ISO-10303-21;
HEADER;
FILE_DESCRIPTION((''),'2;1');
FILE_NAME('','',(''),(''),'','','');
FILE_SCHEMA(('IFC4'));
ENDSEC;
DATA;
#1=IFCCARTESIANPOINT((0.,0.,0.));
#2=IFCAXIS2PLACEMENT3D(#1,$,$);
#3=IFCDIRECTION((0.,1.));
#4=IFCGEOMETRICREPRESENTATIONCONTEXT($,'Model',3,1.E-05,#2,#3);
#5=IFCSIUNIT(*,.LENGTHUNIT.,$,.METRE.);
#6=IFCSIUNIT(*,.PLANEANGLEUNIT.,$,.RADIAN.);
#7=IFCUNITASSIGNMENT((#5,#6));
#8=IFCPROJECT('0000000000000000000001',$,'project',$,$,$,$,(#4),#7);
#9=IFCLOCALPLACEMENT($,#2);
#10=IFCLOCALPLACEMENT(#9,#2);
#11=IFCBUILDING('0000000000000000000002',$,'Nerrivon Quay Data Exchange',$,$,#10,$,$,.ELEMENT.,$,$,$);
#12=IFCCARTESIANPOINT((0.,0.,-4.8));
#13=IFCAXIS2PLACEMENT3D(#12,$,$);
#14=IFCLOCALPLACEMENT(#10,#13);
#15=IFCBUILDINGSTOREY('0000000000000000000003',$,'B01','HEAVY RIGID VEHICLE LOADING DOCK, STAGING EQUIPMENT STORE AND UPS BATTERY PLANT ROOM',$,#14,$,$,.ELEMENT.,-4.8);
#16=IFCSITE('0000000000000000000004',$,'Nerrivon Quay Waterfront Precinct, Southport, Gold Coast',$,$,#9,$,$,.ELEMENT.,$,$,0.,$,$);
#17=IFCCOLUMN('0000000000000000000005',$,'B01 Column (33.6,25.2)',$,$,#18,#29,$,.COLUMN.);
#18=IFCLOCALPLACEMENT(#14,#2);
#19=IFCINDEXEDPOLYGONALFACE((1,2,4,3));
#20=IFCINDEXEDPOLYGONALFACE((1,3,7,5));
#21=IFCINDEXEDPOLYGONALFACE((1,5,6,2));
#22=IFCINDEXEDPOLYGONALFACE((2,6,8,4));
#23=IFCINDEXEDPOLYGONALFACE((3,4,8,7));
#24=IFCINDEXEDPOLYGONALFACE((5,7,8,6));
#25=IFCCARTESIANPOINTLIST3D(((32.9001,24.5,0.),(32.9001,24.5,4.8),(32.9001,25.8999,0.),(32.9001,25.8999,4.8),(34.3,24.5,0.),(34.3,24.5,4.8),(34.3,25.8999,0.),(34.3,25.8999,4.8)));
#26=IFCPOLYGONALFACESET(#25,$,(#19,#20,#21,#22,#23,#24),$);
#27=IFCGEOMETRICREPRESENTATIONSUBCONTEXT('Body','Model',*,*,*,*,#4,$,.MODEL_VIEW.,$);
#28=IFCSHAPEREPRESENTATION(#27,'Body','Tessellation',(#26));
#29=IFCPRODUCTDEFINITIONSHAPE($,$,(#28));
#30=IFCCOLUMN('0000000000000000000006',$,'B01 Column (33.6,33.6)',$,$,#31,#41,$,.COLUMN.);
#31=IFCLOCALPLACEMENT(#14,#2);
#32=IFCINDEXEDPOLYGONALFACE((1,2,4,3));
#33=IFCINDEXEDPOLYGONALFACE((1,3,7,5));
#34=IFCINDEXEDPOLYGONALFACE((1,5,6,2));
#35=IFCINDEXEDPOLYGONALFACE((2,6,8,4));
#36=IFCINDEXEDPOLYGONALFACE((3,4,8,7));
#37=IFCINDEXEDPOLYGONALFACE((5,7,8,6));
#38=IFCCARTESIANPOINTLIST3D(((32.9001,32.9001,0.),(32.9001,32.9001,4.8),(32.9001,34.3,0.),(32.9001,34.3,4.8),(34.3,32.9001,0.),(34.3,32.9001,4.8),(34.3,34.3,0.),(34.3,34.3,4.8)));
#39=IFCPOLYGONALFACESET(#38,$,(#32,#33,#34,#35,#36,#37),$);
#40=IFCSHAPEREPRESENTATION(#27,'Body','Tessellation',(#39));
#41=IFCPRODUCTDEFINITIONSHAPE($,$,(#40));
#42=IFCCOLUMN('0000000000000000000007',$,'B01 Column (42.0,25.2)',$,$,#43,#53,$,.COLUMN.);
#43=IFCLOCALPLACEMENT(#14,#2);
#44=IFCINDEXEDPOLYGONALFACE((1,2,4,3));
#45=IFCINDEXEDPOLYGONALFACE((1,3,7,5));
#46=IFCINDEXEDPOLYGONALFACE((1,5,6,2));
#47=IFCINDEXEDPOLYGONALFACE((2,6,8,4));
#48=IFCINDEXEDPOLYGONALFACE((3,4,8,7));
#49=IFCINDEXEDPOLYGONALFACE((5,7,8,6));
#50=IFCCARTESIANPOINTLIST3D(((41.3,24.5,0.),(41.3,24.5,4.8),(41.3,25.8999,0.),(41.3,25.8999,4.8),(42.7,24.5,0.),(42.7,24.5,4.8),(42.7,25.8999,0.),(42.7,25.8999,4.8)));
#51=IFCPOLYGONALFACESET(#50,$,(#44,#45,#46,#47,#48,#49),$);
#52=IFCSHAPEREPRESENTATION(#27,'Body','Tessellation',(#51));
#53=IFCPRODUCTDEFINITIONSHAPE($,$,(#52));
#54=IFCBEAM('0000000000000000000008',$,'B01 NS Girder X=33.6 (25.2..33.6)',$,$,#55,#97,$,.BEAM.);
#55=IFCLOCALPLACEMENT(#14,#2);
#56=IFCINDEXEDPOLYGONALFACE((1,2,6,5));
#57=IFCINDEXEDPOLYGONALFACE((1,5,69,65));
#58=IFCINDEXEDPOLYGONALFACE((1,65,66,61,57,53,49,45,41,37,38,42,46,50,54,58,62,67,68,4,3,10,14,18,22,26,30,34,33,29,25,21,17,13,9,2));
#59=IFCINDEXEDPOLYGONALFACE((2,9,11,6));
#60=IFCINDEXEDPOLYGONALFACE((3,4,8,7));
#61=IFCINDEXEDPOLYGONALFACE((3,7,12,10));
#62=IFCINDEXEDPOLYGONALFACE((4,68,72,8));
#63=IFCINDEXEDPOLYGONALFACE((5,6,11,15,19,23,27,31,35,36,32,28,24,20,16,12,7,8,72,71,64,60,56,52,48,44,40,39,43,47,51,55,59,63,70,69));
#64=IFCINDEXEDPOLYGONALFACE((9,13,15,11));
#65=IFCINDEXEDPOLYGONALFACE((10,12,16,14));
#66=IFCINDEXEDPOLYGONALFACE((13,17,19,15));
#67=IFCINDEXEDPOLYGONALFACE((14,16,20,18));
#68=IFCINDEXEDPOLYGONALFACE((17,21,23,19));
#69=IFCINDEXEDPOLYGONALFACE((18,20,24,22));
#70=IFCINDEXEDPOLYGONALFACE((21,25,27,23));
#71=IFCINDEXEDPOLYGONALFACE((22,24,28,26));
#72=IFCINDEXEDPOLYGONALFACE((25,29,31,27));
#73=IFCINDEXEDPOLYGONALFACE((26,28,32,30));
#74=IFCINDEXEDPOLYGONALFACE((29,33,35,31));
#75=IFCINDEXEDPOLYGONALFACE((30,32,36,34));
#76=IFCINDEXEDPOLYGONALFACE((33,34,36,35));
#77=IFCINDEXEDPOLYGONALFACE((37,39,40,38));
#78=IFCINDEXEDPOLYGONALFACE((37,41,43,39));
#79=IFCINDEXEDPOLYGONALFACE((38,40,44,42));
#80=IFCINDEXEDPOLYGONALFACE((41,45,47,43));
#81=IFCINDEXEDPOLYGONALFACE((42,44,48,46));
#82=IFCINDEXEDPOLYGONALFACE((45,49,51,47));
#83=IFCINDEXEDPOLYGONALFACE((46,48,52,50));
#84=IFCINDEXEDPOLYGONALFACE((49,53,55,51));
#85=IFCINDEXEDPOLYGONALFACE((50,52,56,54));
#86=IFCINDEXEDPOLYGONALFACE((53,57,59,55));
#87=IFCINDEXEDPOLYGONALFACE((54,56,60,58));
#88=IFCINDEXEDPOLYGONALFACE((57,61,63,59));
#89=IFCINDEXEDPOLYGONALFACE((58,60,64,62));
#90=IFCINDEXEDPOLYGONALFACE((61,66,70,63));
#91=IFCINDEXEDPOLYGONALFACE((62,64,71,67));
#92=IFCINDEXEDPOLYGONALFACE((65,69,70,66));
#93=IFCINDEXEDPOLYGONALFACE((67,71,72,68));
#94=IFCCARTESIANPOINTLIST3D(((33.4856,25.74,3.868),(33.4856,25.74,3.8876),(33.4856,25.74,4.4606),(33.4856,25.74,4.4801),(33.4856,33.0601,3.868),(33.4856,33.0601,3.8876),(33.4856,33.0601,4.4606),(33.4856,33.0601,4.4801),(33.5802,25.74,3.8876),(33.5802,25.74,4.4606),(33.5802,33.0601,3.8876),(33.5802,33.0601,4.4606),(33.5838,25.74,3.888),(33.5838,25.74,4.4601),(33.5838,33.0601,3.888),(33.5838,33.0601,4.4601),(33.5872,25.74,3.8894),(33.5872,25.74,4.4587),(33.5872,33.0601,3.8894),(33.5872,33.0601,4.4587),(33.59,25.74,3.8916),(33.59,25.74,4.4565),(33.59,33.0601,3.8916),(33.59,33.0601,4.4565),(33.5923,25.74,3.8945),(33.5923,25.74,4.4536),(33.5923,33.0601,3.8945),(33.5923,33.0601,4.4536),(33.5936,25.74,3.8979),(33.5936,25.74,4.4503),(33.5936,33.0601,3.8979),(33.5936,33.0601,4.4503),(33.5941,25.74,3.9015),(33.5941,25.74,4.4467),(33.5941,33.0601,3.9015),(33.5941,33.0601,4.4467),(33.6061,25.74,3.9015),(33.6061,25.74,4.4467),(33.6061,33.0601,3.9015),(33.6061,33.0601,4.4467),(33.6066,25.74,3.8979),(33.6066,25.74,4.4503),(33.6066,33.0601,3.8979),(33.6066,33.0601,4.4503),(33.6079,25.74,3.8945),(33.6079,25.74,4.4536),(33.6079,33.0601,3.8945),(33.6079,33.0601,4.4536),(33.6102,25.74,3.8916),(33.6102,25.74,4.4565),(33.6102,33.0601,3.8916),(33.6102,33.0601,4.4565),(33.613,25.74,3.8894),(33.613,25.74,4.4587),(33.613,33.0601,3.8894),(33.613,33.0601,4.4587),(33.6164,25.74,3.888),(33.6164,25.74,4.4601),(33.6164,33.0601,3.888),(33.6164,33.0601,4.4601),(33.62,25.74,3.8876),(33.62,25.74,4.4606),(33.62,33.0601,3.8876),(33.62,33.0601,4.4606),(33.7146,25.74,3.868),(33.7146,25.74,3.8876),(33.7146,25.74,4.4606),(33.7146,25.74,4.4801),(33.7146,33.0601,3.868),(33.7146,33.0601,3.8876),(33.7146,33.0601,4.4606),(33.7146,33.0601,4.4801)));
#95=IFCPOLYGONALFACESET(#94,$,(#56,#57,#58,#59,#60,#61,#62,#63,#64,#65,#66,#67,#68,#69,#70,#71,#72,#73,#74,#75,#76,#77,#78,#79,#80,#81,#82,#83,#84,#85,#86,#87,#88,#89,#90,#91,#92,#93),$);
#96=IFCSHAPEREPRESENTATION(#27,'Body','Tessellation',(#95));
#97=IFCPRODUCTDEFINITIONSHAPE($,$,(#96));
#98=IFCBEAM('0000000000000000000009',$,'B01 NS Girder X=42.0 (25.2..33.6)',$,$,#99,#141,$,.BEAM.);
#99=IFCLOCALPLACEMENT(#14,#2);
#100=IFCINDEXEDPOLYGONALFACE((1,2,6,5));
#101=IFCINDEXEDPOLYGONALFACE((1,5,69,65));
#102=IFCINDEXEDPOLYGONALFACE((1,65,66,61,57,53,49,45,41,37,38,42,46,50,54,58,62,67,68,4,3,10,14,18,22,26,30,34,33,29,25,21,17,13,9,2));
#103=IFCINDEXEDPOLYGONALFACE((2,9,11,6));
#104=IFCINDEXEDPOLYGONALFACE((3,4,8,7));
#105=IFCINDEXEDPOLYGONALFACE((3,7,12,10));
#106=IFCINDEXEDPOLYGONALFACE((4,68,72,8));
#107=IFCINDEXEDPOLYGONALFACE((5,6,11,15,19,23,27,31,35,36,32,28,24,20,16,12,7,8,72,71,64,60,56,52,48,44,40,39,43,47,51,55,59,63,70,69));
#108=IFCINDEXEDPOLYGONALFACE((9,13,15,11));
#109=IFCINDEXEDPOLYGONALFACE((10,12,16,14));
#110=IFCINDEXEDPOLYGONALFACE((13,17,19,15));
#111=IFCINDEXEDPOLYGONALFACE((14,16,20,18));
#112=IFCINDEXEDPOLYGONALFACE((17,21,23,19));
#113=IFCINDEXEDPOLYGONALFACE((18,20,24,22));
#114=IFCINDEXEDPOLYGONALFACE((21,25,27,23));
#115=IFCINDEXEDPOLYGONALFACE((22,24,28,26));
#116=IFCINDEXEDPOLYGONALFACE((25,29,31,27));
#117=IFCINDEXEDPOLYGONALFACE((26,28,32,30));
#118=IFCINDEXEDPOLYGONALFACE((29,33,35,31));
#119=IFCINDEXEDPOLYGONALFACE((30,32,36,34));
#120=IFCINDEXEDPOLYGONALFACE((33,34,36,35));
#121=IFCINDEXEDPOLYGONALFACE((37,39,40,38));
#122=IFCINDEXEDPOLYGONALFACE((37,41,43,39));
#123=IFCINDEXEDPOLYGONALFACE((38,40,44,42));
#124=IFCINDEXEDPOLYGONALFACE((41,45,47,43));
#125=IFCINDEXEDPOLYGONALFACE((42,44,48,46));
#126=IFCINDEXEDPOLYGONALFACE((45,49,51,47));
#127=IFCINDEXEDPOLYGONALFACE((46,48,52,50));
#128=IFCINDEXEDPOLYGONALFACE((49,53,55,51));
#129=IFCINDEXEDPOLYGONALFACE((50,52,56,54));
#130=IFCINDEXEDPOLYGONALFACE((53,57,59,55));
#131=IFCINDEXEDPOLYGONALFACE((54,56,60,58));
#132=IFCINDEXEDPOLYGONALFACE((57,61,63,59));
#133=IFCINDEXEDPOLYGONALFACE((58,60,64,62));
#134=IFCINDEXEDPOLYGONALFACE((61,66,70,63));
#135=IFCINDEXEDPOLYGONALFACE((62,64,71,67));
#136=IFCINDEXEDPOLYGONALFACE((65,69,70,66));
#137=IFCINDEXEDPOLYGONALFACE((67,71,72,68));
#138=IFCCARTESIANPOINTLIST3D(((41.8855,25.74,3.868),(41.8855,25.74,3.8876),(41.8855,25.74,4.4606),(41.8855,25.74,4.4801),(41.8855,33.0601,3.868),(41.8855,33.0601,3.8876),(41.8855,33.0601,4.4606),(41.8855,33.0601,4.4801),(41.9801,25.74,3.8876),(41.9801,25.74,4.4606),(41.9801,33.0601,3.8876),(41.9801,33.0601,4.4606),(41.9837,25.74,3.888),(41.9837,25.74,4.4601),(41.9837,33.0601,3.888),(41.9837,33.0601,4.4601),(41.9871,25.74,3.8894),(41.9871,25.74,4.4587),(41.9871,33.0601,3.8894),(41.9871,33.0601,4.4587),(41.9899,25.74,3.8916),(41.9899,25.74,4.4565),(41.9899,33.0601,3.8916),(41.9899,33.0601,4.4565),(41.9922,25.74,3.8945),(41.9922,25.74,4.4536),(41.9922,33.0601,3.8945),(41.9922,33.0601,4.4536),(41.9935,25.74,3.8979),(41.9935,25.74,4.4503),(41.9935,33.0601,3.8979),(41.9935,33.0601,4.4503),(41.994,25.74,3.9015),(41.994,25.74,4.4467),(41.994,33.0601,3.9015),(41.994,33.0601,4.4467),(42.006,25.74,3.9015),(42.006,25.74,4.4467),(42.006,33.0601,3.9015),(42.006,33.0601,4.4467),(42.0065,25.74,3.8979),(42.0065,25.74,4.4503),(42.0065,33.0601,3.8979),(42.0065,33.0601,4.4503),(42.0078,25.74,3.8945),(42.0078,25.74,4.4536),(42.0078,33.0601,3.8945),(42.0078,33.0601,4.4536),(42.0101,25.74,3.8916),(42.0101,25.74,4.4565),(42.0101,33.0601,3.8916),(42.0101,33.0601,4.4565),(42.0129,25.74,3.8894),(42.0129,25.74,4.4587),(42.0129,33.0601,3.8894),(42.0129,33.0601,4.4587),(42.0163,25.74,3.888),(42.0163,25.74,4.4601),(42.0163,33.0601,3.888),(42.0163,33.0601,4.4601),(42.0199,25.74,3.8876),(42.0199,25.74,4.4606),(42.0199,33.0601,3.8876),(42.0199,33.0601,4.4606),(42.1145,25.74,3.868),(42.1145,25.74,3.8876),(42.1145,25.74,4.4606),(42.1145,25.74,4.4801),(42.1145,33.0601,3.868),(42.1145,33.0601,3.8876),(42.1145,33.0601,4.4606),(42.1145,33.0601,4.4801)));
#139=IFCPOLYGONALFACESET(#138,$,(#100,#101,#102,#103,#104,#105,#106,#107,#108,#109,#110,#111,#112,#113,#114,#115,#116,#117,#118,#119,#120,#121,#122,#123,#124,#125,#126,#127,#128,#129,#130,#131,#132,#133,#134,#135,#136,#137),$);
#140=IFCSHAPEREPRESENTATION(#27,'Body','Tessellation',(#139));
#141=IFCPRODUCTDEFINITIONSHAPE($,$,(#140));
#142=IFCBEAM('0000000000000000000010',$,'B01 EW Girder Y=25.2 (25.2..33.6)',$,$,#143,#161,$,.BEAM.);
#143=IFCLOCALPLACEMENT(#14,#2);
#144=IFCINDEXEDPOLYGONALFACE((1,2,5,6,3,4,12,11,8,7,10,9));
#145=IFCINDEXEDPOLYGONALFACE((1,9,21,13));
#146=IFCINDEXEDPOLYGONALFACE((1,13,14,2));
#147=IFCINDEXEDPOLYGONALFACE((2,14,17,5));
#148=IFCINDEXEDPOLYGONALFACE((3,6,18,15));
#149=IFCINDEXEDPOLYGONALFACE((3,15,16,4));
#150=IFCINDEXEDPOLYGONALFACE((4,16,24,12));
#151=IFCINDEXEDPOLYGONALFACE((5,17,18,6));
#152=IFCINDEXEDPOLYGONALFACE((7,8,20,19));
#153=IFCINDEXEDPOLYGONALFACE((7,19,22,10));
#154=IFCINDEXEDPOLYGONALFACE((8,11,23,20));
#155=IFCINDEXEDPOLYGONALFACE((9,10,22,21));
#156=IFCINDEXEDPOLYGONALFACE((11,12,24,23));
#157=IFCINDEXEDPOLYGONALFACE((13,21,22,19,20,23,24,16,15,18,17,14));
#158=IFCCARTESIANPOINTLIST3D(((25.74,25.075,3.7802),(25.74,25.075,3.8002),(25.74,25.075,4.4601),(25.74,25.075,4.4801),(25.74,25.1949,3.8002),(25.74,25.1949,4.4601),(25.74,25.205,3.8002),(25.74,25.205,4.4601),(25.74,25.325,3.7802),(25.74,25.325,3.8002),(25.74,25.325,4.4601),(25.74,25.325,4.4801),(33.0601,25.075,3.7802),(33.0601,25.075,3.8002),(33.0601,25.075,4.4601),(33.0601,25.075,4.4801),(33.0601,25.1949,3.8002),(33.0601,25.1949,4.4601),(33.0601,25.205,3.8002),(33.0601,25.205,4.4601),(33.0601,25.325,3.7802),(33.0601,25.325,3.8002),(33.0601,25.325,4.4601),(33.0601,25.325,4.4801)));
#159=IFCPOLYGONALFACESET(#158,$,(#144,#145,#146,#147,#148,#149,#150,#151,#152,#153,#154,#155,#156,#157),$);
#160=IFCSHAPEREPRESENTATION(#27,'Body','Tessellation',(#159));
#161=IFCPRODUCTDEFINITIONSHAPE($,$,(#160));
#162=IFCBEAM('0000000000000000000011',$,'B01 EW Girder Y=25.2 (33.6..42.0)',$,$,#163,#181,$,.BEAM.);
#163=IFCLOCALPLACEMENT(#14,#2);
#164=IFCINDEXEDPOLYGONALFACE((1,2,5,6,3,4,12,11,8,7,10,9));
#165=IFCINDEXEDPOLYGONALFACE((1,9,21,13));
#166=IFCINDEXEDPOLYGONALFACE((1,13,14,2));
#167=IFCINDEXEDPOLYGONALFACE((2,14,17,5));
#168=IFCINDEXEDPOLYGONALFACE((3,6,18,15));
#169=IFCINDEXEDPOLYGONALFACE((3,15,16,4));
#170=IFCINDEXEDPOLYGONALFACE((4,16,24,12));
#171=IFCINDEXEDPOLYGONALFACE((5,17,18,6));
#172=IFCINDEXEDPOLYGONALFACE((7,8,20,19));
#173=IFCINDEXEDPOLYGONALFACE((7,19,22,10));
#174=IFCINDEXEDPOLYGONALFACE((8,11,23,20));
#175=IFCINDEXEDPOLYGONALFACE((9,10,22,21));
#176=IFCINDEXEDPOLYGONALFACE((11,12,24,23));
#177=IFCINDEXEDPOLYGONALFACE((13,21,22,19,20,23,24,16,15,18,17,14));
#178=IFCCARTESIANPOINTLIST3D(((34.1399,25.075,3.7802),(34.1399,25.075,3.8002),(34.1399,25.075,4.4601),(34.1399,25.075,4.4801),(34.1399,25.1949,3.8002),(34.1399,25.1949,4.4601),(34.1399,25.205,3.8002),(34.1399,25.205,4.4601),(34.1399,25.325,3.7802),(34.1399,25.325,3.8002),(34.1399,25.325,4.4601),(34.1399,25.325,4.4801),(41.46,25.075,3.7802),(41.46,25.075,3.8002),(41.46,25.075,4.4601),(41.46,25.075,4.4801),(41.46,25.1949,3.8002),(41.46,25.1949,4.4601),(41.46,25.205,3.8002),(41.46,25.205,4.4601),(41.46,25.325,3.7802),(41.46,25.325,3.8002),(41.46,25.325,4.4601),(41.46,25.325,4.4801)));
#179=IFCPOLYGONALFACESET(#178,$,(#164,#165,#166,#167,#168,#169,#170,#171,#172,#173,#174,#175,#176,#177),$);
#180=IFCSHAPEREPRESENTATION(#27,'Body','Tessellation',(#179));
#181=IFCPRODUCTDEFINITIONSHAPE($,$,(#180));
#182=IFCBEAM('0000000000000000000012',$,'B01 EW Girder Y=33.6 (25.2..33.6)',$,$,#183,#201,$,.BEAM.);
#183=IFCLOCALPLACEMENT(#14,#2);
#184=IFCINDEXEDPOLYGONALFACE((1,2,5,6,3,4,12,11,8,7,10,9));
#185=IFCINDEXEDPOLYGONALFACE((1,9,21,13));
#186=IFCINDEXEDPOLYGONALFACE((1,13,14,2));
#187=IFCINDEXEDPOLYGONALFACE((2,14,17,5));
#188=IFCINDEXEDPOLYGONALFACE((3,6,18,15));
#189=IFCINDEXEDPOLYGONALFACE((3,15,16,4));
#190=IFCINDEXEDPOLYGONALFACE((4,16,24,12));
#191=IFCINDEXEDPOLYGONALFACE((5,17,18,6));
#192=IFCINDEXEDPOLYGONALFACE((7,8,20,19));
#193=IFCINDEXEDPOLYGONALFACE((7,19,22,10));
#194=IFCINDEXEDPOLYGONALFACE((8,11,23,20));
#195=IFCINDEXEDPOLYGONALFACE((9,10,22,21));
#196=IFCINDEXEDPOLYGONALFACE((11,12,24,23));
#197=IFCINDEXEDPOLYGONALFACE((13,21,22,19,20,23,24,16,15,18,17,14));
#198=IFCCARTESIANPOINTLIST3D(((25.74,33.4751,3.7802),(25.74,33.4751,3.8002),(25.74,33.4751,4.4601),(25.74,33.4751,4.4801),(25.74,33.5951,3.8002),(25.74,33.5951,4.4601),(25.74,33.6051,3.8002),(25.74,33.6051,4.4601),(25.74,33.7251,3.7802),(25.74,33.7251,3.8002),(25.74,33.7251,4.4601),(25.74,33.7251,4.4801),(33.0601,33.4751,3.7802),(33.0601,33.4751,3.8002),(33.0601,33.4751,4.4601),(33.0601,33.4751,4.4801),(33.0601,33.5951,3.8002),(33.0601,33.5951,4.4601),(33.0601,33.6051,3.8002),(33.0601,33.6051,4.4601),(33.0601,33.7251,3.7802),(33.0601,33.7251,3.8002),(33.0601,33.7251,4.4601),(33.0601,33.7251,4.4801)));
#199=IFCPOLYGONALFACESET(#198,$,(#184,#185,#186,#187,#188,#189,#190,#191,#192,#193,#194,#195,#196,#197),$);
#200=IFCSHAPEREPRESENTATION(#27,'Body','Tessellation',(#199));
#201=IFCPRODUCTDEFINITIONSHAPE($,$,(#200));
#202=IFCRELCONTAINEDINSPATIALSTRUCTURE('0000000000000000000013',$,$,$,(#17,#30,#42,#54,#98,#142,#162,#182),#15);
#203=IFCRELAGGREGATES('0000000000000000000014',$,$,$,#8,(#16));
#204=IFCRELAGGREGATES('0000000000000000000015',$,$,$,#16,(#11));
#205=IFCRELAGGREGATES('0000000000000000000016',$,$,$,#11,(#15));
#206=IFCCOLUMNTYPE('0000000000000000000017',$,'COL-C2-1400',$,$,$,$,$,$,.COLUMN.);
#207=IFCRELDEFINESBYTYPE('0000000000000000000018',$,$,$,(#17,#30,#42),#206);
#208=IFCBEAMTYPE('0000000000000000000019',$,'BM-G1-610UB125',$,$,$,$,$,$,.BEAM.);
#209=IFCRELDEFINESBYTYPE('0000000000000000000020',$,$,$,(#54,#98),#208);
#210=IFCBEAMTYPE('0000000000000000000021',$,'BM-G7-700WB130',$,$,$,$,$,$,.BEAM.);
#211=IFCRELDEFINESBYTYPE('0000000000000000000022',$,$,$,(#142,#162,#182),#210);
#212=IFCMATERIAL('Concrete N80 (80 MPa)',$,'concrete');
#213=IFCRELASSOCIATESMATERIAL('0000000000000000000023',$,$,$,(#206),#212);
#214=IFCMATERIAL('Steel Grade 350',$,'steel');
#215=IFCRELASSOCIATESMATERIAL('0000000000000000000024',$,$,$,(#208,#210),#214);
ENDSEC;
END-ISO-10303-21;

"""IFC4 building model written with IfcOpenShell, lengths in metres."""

from ifc_helpers import new_model, si_unit, direction, frame, origin, origin_2d, place, context, subcontext, project, spatial, rectangle, i_section, extrude, material, material_profile, profile_set, type_object, element, save


model = new_model("IFC4")

# Units and contexts
model_context = context("Model", 3, precision=1e-05, world=origin(), true_north=direction((0.0, 1.0)))
body_context = subcontext(model_context, "Body", "Model", "MODEL_VIEW")
ifc_project = project(units=[si_unit("LENGTHUNIT", "METRE"), si_unit("PLANEANGLEUNIT", "RADIAN")], contexts=[model_context])

# Site, building, storey
site_placement = place(None, origin())
site = spatial("IfcSite", under=ifc_project, at=site_placement, Name="Nerrivon Quay Waterfront Precinct, Southport, Gold Coast", CompositionType="ELEMENT", RefElevation=0.0)
building_placement = place(site_placement, origin())
building = spatial("IfcBuilding", under=site, at=building_placement, Name="Nerrivon Quay Data Exchange", CompositionType="ELEMENT")
storey_placement = place(building_placement, frame((0.0, 0.0, -4.8)))
storey = spatial("IfcBuildingStorey", under=building, at=storey_placement, Name="B01", Description="HEAVY RIGID VEHICLE LOADING DOCK, STAGING EQUIPMENT STORE AND UPS BATTERY PLANT ROOM", CompositionType="ELEMENT", Elevation=-4.8)

# Columns
ifc_material_1 = material(Name="Concrete N80 (80 MPa)", Category="concrete")
ifc_material_profile_1 = material_profile(ifc_material_1, rectangle(XDim=1.3999, YDim=1.3999, at=origin_2d()), Name="RC-COL-1400x1400")
ifc_profile_set_1 = profile_set([ifc_material_profile_1], Name="Concrete N80 (80 MPa)")
column_type = type_object("IfcColumnType", Name="COL-C2-1400", PredefinedType="COLUMN", material=ifc_profile_set_1)
for number, where, z_axis, x_axis, name in (
    (1, (33.6001, 25.2, 0.0), (0.0, 0.0, 1.0), (1.0, 0.0, 0.0), "B01 Column (33.6,25.2)"),
    (2, (33.6001, 33.6001, 0.0), (0.0, 0.0, 1.0), (1.0, 0.0, 0.0), "B01 Column (33.6,33.6)"),
    (3, (42.0, 25.2, 0.0), (0.0, 0.0, 1.0), (1.0, 0.0, 0.0), "B01 Column (42.0,25.2)"),
):
    element("IfcColumn", number, at=place(storey_placement, frame(where, z_axis=z_axis, x_axis=x_axis)), inside=storey, type_object=column_type, Name=name, PredefinedType="COLUMN", context=body_context, shape_type="SweptSolid", body=[
        extrude(rectangle(XDim=1.3999, YDim=1.3999, at=origin_2d()), origin(), (0.0, 0.0, 1.0), 4.8),
    ])

# Beams
ifc_material_2 = material(Name="Steel Grade 350", Category="steel")
ifc_material_profile_2 = material_profile(ifc_material_2, i_section(OverallWidth=0.229, OverallDepth=0.6121, WebThickness=0.012, FlangeThickness=0.0195, FilletRadius=0.0139, at=origin_2d()), Name="610UB125")
ifc_profile_set_2 = profile_set([ifc_material_profile_2], Name="Steel Grade 350")
beam_type_1 = type_object("IfcBeamType", Name="BM-G1-610UB125", PredefinedType="BEAM", material=ifc_profile_set_2)
for number, where, z_axis, x_axis, name in (
    (4, (33.6001, 25.74, 4.1741), (0.0, 1.0, 0.0), (-1.0, 0.0, 0.0), "B01 NS Girder X=33.6 (25.2..33.6)"),
    (5, (42.0, 25.74, 4.1741), (0.0, 1.0, 0.0), (-1.0, 0.0, 0.0), "B01 NS Girder X=42.0 (25.2..33.6)"),
):
    element("IfcBeam", number, at=place(storey_placement, frame(where, z_axis=z_axis, x_axis=x_axis)), inside=storey, type_object=beam_type_1, Name=name, PredefinedType="BEAM", context=body_context, shape_type="SweptSolid", body=[
        extrude(i_section(OverallWidth=0.229, OverallDepth=0.6121, WebThickness=0.012, FlangeThickness=0.0195, FilletRadius=0.0139, at=origin_2d()), origin(), (0.0, 0.0, 1.0), 7.3201),
    ])
ifc_material_profile_3 = material_profile(ifc_material_2, i_section(OverallWidth=0.25, OverallDepth=0.7, WebThickness=0.01, FlangeThickness=0.02, at=origin_2d()), Name="700WB130")
ifc_profile_set_3 = profile_set([ifc_material_profile_3], Name="Steel Grade 350")
beam_type_2 = type_object("IfcBeamType", Name="BM-G7-700WB130", PredefinedType="BEAM", material=ifc_profile_set_3)
for number, where, z_axis, x_axis, name in (
    (6, (25.74, 25.2, 4.1301), (1.0, 0.0, 0.0), (0.0, 1.0, 0.0), "B01 EW Girder Y=25.2 (25.2..33.6)"),
    (7, (34.1399, 25.2, 4.1301), (1.0, 0.0, 0.0), (0.0, 1.0, 0.0), "B01 EW Girder Y=25.2 (33.6..42.0)"),
    (8, (25.74, 33.6001, 4.1301), (1.0, 0.0, 0.0), (0.0, 1.0, 0.0), "B01 EW Girder Y=33.6 (25.2..33.6)"),
):
    element("IfcBeam", number, at=place(storey_placement, frame(where, z_axis=z_axis, x_axis=x_axis)), inside=storey, type_object=beam_type_2, Name=name, PredefinedType="BEAM", context=body_context, shape_type="SweptSolid", body=[
        extrude(i_section(OverallWidth=0.25, OverallDepth=0.7, WebThickness=0.01, FlangeThickness=0.02, at=origin_2d()), origin(), (0.0, 0.0, 1.0), 7.3201),
    ])

save(model, "model.ifc")
